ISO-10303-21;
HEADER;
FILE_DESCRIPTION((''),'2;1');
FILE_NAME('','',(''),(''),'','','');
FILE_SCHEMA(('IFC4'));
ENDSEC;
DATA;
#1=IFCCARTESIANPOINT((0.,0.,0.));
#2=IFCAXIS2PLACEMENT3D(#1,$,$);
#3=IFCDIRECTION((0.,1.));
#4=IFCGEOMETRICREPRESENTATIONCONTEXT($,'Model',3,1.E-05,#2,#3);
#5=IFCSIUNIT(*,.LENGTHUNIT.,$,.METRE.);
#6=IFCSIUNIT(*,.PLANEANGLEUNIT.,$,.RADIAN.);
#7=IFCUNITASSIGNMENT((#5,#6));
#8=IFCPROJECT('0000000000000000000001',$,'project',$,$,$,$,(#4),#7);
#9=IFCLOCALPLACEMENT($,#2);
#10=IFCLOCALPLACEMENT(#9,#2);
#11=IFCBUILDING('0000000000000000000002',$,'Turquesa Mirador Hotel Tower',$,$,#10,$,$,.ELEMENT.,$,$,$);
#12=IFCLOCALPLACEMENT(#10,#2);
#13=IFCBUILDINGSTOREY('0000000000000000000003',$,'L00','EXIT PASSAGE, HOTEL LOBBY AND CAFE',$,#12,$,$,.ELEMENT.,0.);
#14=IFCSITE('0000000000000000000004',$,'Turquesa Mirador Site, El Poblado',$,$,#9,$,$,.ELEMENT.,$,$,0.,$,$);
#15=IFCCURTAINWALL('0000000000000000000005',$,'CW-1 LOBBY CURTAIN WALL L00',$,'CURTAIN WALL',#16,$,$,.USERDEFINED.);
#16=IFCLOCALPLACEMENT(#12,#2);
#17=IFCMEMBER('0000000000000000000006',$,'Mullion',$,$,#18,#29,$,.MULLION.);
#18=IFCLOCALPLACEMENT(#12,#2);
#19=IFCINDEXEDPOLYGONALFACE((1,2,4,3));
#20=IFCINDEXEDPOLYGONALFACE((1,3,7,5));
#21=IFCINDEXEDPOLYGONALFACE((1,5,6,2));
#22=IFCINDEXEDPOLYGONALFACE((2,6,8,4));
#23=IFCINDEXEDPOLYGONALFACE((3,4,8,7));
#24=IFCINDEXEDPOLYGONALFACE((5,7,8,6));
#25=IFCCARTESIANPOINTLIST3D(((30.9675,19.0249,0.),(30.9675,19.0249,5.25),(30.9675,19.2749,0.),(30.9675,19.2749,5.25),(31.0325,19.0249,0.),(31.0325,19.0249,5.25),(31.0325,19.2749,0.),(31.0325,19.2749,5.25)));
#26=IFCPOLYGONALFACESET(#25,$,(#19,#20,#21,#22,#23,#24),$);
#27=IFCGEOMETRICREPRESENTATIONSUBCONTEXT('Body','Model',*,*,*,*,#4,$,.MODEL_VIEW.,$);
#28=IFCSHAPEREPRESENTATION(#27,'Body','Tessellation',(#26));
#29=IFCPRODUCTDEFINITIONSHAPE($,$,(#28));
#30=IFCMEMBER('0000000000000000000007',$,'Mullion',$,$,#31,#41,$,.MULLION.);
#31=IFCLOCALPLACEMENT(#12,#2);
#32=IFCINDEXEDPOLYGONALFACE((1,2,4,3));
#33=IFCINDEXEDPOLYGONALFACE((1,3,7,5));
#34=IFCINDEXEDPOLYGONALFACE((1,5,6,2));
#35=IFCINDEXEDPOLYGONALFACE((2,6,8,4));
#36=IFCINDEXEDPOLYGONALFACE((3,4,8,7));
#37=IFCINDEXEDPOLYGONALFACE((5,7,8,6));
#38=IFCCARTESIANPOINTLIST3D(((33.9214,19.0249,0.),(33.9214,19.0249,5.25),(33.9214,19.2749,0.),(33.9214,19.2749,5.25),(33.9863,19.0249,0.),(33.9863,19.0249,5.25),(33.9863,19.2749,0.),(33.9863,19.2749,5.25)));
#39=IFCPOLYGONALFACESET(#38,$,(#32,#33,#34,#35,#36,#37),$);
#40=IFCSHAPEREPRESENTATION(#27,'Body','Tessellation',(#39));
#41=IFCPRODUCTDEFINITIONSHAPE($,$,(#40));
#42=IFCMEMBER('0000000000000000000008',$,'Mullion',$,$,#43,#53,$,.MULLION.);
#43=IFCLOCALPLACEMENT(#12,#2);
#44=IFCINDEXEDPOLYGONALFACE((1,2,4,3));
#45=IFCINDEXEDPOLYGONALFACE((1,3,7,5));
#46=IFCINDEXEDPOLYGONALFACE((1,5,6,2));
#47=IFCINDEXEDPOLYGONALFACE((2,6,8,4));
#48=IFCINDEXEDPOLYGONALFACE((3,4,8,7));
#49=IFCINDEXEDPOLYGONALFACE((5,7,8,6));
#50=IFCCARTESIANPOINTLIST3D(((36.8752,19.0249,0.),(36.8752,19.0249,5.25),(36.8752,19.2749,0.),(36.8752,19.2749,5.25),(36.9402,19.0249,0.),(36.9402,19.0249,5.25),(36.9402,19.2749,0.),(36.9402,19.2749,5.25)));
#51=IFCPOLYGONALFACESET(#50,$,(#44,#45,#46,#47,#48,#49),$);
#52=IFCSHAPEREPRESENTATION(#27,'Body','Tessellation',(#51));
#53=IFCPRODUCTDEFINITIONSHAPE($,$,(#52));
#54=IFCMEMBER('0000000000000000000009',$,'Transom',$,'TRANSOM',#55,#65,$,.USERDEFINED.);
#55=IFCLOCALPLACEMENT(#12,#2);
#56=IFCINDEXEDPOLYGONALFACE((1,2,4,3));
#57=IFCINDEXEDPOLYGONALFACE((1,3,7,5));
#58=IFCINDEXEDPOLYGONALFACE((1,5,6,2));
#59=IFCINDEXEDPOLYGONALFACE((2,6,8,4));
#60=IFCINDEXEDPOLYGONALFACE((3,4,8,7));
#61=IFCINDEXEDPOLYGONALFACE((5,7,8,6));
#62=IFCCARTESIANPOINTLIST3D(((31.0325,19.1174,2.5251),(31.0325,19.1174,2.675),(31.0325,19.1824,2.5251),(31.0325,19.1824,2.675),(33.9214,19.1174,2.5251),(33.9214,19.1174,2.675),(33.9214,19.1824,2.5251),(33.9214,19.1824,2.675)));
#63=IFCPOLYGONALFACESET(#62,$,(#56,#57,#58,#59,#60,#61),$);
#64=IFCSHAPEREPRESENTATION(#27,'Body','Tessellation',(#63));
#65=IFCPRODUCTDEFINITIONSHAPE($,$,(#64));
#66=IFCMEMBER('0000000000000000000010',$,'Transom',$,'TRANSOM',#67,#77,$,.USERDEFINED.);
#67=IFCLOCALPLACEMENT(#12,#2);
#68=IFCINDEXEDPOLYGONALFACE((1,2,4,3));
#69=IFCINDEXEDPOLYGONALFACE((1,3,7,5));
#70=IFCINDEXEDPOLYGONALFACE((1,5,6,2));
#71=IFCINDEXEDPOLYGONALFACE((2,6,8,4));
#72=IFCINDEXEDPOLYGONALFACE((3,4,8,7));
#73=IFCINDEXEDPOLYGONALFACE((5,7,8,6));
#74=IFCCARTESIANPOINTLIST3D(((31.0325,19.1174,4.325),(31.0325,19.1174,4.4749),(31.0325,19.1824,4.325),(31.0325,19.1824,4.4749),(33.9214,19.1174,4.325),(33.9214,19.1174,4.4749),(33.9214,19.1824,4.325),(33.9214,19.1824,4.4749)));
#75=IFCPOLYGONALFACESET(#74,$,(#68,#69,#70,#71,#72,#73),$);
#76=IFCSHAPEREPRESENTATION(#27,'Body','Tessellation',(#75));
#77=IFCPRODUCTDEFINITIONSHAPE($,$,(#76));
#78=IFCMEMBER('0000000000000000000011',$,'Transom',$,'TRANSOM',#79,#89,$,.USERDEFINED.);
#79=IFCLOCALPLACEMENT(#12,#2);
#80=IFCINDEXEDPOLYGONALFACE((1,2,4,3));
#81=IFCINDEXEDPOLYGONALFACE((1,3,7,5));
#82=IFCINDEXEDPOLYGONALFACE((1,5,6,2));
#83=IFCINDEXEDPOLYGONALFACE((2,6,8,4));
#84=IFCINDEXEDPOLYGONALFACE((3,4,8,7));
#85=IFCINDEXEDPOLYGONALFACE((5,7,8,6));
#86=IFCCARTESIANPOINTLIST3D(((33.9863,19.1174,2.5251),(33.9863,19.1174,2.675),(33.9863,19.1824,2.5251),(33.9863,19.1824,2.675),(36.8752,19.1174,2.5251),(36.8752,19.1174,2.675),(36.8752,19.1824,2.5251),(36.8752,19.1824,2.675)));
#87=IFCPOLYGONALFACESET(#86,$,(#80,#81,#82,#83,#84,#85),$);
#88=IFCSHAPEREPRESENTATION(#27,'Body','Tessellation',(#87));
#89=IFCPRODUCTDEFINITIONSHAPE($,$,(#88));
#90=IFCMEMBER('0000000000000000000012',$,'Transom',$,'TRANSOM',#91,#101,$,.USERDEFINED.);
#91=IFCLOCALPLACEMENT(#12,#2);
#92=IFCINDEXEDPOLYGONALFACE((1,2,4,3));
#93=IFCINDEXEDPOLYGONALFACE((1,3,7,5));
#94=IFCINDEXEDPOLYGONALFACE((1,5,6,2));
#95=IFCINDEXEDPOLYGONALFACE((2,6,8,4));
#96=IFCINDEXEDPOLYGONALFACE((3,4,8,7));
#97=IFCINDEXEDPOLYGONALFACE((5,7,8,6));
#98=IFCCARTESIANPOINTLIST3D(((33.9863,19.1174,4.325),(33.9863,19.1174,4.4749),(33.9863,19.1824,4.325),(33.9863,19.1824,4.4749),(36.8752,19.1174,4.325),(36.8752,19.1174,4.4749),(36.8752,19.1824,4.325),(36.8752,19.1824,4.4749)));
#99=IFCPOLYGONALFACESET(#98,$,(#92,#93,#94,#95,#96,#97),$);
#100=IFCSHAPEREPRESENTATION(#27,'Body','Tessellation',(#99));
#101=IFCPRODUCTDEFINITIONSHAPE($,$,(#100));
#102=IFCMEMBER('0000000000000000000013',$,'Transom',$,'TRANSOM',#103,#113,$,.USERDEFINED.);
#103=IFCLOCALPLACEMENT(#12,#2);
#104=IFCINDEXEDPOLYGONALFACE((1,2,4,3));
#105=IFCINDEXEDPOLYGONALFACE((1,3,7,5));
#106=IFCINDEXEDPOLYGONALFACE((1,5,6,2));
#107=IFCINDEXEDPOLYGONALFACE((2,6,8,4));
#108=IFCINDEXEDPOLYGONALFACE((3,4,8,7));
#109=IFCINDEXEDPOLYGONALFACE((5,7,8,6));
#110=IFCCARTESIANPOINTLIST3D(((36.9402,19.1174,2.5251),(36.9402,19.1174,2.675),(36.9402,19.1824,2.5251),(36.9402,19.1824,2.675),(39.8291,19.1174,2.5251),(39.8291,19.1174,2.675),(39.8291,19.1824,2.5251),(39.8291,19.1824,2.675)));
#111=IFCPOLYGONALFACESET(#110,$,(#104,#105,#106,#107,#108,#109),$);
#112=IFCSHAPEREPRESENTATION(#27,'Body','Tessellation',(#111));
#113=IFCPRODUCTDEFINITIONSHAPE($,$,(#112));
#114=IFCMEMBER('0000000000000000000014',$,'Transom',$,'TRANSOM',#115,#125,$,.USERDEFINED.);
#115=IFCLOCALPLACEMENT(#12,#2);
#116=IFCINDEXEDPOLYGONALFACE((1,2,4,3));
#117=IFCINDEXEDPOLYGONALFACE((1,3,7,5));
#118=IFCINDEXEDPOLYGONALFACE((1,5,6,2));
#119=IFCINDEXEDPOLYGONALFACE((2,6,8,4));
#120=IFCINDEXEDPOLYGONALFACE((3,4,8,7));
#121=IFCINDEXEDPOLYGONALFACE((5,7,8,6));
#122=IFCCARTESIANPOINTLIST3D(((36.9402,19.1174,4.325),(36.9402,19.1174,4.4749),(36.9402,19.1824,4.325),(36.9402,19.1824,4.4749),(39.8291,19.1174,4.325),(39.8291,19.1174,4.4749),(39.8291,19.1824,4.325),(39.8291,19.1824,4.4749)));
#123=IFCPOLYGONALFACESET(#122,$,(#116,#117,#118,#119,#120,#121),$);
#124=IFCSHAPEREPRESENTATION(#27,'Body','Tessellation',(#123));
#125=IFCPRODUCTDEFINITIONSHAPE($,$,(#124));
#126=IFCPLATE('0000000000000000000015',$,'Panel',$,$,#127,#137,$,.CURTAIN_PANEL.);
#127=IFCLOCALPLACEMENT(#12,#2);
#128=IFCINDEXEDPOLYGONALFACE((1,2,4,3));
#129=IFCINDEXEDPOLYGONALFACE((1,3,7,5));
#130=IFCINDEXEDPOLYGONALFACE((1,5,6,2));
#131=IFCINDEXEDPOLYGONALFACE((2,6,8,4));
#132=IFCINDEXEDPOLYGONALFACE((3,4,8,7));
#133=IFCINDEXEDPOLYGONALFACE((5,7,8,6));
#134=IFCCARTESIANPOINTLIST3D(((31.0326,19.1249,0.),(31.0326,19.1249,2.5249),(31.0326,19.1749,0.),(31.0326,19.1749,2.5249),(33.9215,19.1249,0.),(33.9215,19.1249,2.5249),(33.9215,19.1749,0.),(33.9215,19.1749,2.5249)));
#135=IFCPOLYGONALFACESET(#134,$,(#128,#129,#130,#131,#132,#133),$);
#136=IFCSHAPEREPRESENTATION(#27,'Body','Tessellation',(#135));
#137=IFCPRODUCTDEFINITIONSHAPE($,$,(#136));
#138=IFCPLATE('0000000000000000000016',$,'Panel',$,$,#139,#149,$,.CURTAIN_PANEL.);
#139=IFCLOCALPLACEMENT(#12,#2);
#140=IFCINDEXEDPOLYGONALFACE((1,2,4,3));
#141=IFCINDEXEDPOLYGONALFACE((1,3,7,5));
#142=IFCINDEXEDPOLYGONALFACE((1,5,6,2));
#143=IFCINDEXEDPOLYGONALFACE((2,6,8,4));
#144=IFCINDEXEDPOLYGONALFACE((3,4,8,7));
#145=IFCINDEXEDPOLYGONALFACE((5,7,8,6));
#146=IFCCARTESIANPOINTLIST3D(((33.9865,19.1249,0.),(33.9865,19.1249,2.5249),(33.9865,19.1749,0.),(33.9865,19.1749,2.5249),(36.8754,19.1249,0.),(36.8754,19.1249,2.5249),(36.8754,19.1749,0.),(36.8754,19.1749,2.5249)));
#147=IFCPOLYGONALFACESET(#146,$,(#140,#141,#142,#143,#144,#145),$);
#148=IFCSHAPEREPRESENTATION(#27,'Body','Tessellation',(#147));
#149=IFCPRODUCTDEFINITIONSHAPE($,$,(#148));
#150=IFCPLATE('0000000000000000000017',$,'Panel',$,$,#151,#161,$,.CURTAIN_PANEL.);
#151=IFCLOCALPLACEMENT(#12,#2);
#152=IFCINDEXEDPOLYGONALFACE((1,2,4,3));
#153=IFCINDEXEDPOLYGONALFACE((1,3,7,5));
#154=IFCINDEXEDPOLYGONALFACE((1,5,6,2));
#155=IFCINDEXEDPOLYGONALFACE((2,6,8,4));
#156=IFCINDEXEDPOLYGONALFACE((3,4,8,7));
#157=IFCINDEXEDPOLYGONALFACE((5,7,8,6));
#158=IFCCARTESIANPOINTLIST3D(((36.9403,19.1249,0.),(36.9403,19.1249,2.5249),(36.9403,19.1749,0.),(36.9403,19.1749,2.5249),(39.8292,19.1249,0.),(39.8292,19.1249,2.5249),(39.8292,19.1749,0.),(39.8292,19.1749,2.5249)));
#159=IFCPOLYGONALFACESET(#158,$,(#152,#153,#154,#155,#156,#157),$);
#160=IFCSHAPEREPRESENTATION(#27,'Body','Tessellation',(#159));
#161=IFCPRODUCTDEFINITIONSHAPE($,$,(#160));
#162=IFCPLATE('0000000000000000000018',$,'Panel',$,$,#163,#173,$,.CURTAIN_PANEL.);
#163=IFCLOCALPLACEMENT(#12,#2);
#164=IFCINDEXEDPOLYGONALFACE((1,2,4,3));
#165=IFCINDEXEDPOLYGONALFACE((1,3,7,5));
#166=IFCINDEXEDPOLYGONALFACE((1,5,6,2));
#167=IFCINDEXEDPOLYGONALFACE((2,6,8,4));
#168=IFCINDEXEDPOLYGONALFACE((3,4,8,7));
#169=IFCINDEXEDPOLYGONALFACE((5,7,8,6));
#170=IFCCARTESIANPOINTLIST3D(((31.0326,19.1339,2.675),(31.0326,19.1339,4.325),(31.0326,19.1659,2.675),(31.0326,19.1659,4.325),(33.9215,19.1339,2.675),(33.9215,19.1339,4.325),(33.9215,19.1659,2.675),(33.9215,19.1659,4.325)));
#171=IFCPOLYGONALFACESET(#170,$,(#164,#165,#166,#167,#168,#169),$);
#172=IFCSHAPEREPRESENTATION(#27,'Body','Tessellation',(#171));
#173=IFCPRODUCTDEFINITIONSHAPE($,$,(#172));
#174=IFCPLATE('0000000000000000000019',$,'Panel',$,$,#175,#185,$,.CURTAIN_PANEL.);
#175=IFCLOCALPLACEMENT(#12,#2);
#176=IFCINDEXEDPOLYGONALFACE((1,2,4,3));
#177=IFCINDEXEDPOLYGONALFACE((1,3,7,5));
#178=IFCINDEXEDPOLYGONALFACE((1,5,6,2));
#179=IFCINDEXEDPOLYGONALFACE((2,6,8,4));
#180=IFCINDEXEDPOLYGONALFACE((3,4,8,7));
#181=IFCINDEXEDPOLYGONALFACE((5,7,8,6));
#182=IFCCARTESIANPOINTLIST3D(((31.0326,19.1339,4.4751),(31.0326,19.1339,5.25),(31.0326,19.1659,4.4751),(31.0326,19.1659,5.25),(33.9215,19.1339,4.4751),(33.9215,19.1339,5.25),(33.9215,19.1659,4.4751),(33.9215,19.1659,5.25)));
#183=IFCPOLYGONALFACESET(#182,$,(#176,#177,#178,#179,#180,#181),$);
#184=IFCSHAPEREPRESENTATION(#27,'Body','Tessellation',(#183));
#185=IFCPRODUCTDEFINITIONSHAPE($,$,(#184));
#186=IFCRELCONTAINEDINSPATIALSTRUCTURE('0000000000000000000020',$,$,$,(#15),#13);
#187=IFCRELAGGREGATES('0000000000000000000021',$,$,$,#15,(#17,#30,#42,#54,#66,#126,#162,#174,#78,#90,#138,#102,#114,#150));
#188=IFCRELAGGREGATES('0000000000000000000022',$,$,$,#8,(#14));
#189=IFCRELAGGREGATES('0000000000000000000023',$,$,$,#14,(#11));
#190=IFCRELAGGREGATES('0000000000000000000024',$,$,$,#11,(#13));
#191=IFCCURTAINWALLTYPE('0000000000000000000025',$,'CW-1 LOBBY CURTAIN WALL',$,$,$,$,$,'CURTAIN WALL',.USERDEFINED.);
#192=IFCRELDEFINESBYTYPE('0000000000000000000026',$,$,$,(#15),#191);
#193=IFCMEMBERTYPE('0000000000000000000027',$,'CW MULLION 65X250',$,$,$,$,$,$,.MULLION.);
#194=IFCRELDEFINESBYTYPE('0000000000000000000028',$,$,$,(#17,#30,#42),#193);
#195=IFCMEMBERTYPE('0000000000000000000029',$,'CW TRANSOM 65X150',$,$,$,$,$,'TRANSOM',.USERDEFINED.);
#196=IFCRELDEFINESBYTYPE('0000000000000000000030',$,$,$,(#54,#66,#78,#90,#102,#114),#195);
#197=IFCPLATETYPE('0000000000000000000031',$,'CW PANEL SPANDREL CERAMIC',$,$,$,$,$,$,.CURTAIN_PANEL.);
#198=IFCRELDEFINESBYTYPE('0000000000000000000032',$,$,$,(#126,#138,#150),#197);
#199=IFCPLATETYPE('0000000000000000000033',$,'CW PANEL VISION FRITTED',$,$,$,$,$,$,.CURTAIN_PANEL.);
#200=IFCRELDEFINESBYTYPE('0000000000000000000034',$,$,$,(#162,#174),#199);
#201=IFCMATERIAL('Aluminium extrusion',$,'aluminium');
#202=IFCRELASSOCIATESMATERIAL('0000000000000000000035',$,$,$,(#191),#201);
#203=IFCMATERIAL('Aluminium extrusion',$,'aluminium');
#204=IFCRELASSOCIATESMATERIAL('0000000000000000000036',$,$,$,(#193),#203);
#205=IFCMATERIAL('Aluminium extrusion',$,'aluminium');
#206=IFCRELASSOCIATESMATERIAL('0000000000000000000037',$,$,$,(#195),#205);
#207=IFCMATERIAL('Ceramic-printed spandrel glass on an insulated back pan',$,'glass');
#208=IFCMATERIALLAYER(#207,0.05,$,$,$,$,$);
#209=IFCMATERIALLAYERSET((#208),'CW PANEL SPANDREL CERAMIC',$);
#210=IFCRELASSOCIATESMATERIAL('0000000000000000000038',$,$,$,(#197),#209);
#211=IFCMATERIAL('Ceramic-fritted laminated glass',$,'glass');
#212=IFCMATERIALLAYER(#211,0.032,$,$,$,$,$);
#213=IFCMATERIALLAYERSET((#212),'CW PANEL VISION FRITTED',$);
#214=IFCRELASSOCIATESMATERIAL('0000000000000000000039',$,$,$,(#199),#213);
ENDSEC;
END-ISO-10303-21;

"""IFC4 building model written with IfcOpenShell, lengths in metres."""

from ifc_helpers import new_model, si_unit, direction, frame, origin, origin_2d, place, context, subcontext, project, spatial, rectangle, extrude, material, layer, layer_set, material_profile, profile_set, type_object, element, aggregate, save


model = new_model("IFC4")

# Units and contexts
model_context = context("Model", 3, precision=1e-05, world=origin(), true_north=direction((0.0, 1.0)))
body_context = subcontext(model_context, "Body", "Model", "MODEL_VIEW")
ifc_project = project(units=[si_unit("LENGTHUNIT", "METRE"), si_unit("PLANEANGLEUNIT", "RADIAN")], contexts=[model_context])

# Site, building, storey
site_placement = place(None, origin())
site = spatial("IfcSite", under=ifc_project, at=site_placement, Name="Turquesa Mirador Site, El Poblado", CompositionType="ELEMENT", RefElevation=0.0)
building_placement = place(site_placement, origin())
building = spatial("IfcBuilding", under=site, at=building_placement, Name="Turquesa Mirador Hotel Tower", CompositionType="ELEMENT")
storey_placement = place(building_placement, origin())
storey = spatial("IfcBuildingStorey", under=building, at=storey_placement, Name="L00", Description="EXIT PASSAGE, HOTEL LOBBY AND CAFE", CompositionType="ELEMENT", Elevation=0.0)

# Curtain wall, members, plates
ifc_material_1 = material(Name="Aluminium extrusion", Category="aluminium")
curtain_wall_type = type_object("IfcCurtainWallType", Name="CW-1 LOBBY CURTAIN WALL", ElementType="CURTAIN WALL", PredefinedType="USERDEFINED", material=ifc_material_1)
curtain_wall_placement = place(storey_placement, origin())
curtain_wall = element("IfcCurtainWall", 1, at=curtain_wall_placement, inside=storey, type_object=curtain_wall_type, Name="CW-1 LOBBY CURTAIN WALL L00", ObjectType="CURTAIN WALL", PredefinedType="USERDEFINED")
ifc_material_2 = material(Name="Aluminium extrusion", Category="aluminium")
ifc_material_profile_1 = material_profile(ifc_material_2, rectangle(XDim=0.0649, YDim=0.25, at=origin_2d()), Name="MULLION 65X250")
ifc_profile_set_1 = profile_set([ifc_material_profile_1], Name="Aluminium extrusion")
member_type_1 = type_object("IfcMemberType", Name="CW MULLION 65X250", PredefinedType="MULLION", material=ifc_profile_set_1)
member_1_placement = place(storey_placement, frame((31.0, 19.1499, 0.0), z_axis=(0.0, 0.0, 1.0), x_axis=(1.0, 0.0, 0.0)))
member_1 = element("IfcMember", 2, at=member_1_placement, type_object=member_type_1, Name="Mullion", PredefinedType="MULLION", context=body_context, shape_type="SweptSolid", body=[
    extrude(rectangle(XDim=0.0649, YDim=0.25, at=origin_2d()), origin(), (0.0, 0.0, 1.0), 5.25),
])
member_2_placement = place(storey_placement, frame((33.9539, 19.1499, 0.0), z_axis=(0.0, 0.0, 1.0), x_axis=(1.0, 0.0, 0.0)))
member_2 = element("IfcMember", 3, at=member_2_placement, type_object=member_type_1, Name="Mullion", PredefinedType="MULLION", context=body_context, shape_type="SweptSolid", body=[
    extrude(rectangle(XDim=0.0649, YDim=0.25, at=origin_2d()), origin(), (0.0, 0.0, 1.0), 5.25),
])
member_3_placement = place(storey_placement, frame((36.9077, 19.1499, 0.0), z_axis=(0.0, 0.0, 1.0), x_axis=(1.0, 0.0, 0.0)))
member_3 = element("IfcMember", 4, at=member_3_placement, type_object=member_type_1, Name="Mullion", PredefinedType="MULLION", context=body_context, shape_type="SweptSolid", body=[
    extrude(rectangle(XDim=0.0649, YDim=0.25, at=origin_2d()), origin(), (0.0, 0.0, 1.0), 5.25),
])
ifc_material_3 = material(Name="Aluminium extrusion", Category="aluminium")
ifc_material_profile_2 = material_profile(ifc_material_3, rectangle(XDim=0.0649, YDim=0.1499, at=origin_2d()), Name="TRANSOM 65X150")
ifc_profile_set_2 = profile_set([ifc_material_profile_2], Name="Aluminium extrusion")
member_type_2 = type_object("IfcMemberType", Name="CW TRANSOM 65X150", ElementType="TRANSOM", PredefinedType="USERDEFINED", material=ifc_profile_set_2)
member_4_placement = place(storey_placement, frame((31.0325, 19.1499, 2.6001), z_axis=(1.0, 0.0, 0.0), x_axis=(0.0, 1.0, 0.0)))
member_4 = element("IfcMember", 5, at=member_4_placement, type_object=member_type_2, Name="Transom", ObjectType="TRANSOM", PredefinedType="USERDEFINED", context=body_context, shape_type="SweptSolid", body=[
    extrude(rectangle(XDim=0.0649, YDim=0.1499, at=origin_2d()), origin(), (0.0, 0.0, 1.0), 2.8889),
])
member_5_placement = place(storey_placement, frame((31.0325, 19.1499, 4.3999), z_axis=(1.0, 0.0, 0.0), x_axis=(0.0, 1.0, 0.0)))
member_5 = element("IfcMember", 6, at=member_5_placement, type_object=member_type_2, Name="Transom", ObjectType="TRANSOM", PredefinedType="USERDEFINED", context=body_context, shape_type="SweptSolid", body=[
    extrude(rectangle(XDim=0.0649, YDim=0.1499, at=origin_2d()), origin(), (0.0, 0.0, 1.0), 2.8889),
])
member_6_placement = place(storey_placement, frame((33.9863, 19.1499, 2.6001), z_axis=(1.0, 0.0, 0.0), x_axis=(0.0, 1.0, 0.0)))
member_6 = element("IfcMember", 7, at=member_6_placement, type_object=member_type_2, Name="Transom", ObjectType="TRANSOM", PredefinedType="USERDEFINED", context=body_context, shape_type="SweptSolid", body=[
    extrude(rectangle(XDim=0.0649, YDim=0.1499, at=origin_2d()), origin(), (0.0, 0.0, 1.0), 2.8889),
])
member_7_placement = place(storey_placement, frame((33.9863, 19.1499, 4.3999), z_axis=(1.0, 0.0, 0.0), x_axis=(0.0, 1.0, 0.0)))
member_7 = element("IfcMember", 8, at=member_7_placement, type_object=member_type_2, Name="Transom", ObjectType="TRANSOM", PredefinedType="USERDEFINED", context=body_context, shape_type="SweptSolid", body=[
    extrude(rectangle(XDim=0.0649, YDim=0.1499, at=origin_2d()), origin(), (0.0, 0.0, 1.0), 2.8889),
])
member_8_placement = place(storey_placement, frame((36.9402, 19.1499, 2.6001), z_axis=(1.0, 0.0, 0.0), x_axis=(0.0, 1.0, 0.0)))
member_8 = element("IfcMember", 9, at=member_8_placement, type_object=member_type_2, Name="Transom", ObjectType="TRANSOM", PredefinedType="USERDEFINED", context=body_context, shape_type="SweptSolid", body=[
    extrude(rectangle(XDim=0.0649, YDim=0.1499, at=origin_2d()), origin(), (0.0, 0.0, 1.0), 2.8889),
])
member_9_placement = place(storey_placement, frame((36.9402, 19.1499, 4.3999), z_axis=(1.0, 0.0, 0.0), x_axis=(0.0, 1.0, 0.0)))
member_9 = element("IfcMember", 10, at=member_9_placement, type_object=member_type_2, Name="Transom", ObjectType="TRANSOM", PredefinedType="USERDEFINED", context=body_context, shape_type="SweptSolid", body=[
    extrude(rectangle(XDim=0.0649, YDim=0.1499, at=origin_2d()), origin(), (0.0, 0.0, 1.0), 2.8889),
])
ifc_material_4 = material(Name="Ceramic-printed spandrel glass on an insulated back pan", Category="glass")
ifc_layer_1 = layer(ifc_material_4, 0.05)
ifc_layer_set_1 = layer_set([ifc_layer_1], Name="CW PANEL SPANDREL CERAMIC")
plate_type_1 = type_object("IfcPlateType", Name="CW PANEL SPANDREL CERAMIC", PredefinedType="CURTAIN_PANEL", material=ifc_layer_set_1)
plate_1_placement = place(storey_placement, frame((32.4771, 19.1499, 0.0), z_axis=(0.0, 0.0, 1.0), x_axis=(1.0, 0.0, 0.0)))
plate_1 = element("IfcPlate", 11, at=plate_1_placement, type_object=plate_type_1, Name="Panel", PredefinedType="CURTAIN_PANEL", context=body_context, shape_type="SweptSolid", body=[
    extrude(rectangle(XDim=2.8889, YDim=0.05, at=origin_2d()), origin(), (0.0, 0.0, 1.0), 2.5249),
])
plate_2_placement = place(storey_placement, frame((35.4309, 19.1499, 0.0), z_axis=(0.0, 0.0, 1.0), x_axis=(1.0, 0.0, 0.0)))
plate_2 = element("IfcPlate", 12, at=plate_2_placement, type_object=plate_type_1, Name="Panel", PredefinedType="CURTAIN_PANEL", context=body_context, shape_type="SweptSolid", body=[
    extrude(rectangle(XDim=2.8889, YDim=0.05, at=origin_2d()), origin(), (0.0, 0.0, 1.0), 2.5249),
])
plate_3_placement = place(storey_placement, frame((38.3848, 19.1499, 0.0), z_axis=(0.0, 0.0, 1.0), x_axis=(1.0, 0.0, 0.0)))
plate_3 = element("IfcPlate", 13, at=plate_3_placement, type_object=plate_type_1, Name="Panel", PredefinedType="CURTAIN_PANEL", context=body_context, shape_type="SweptSolid", body=[
    extrude(rectangle(XDim=2.8889, YDim=0.05, at=origin_2d()), origin(), (0.0, 0.0, 1.0), 2.5249),
])
ifc_material_5 = material(Name="Ceramic-fritted laminated glass", Category="glass")
ifc_layer_2 = layer(ifc_material_5, 0.032)
ifc_layer_set_2 = layer_set([ifc_layer_2], Name="CW PANEL VISION FRITTED")
plate_type_2 = type_object("IfcPlateType", Name="CW PANEL VISION FRITTED", PredefinedType="CURTAIN_PANEL", material=ifc_layer_set_2)
plate_4_placement = place(storey_placement, frame((32.4771, 19.1499, 2.675), z_axis=(0.0, 0.0, 1.0), x_axis=(1.0, 0.0, 0.0)))
plate_4 = element("IfcPlate", 14, at=plate_4_placement, type_object=plate_type_2, Name="Panel", PredefinedType="CURTAIN_PANEL", context=body_context, shape_type="SweptSolid", body=[
    extrude(rectangle(XDim=2.8889, YDim=0.032, at=origin_2d()), origin(), (0.0, 0.0, 1.0), 1.6499),
])
plate_5_placement = place(storey_placement, frame((32.4771, 19.1499, 4.4751), z_axis=(0.0, 0.0, 1.0), x_axis=(1.0, 0.0, 0.0)))
plate_5 = element("IfcPlate", 15, at=plate_5_placement, type_object=plate_type_2, Name="Panel", PredefinedType="CURTAIN_PANEL", context=body_context, shape_type="SweptSolid", body=[
    extrude(rectangle(XDim=2.8889, YDim=0.032, at=origin_2d()), origin(), (0.0, 0.0, 1.0), 0.7749),
])
aggregate(curtain_wall, [member_1, member_2, member_3, member_4, member_5, plate_1, plate_4, plate_5, member_6, member_7, plate_2, member_8, member_9, plate_3])

save(model, "model.ifc")
